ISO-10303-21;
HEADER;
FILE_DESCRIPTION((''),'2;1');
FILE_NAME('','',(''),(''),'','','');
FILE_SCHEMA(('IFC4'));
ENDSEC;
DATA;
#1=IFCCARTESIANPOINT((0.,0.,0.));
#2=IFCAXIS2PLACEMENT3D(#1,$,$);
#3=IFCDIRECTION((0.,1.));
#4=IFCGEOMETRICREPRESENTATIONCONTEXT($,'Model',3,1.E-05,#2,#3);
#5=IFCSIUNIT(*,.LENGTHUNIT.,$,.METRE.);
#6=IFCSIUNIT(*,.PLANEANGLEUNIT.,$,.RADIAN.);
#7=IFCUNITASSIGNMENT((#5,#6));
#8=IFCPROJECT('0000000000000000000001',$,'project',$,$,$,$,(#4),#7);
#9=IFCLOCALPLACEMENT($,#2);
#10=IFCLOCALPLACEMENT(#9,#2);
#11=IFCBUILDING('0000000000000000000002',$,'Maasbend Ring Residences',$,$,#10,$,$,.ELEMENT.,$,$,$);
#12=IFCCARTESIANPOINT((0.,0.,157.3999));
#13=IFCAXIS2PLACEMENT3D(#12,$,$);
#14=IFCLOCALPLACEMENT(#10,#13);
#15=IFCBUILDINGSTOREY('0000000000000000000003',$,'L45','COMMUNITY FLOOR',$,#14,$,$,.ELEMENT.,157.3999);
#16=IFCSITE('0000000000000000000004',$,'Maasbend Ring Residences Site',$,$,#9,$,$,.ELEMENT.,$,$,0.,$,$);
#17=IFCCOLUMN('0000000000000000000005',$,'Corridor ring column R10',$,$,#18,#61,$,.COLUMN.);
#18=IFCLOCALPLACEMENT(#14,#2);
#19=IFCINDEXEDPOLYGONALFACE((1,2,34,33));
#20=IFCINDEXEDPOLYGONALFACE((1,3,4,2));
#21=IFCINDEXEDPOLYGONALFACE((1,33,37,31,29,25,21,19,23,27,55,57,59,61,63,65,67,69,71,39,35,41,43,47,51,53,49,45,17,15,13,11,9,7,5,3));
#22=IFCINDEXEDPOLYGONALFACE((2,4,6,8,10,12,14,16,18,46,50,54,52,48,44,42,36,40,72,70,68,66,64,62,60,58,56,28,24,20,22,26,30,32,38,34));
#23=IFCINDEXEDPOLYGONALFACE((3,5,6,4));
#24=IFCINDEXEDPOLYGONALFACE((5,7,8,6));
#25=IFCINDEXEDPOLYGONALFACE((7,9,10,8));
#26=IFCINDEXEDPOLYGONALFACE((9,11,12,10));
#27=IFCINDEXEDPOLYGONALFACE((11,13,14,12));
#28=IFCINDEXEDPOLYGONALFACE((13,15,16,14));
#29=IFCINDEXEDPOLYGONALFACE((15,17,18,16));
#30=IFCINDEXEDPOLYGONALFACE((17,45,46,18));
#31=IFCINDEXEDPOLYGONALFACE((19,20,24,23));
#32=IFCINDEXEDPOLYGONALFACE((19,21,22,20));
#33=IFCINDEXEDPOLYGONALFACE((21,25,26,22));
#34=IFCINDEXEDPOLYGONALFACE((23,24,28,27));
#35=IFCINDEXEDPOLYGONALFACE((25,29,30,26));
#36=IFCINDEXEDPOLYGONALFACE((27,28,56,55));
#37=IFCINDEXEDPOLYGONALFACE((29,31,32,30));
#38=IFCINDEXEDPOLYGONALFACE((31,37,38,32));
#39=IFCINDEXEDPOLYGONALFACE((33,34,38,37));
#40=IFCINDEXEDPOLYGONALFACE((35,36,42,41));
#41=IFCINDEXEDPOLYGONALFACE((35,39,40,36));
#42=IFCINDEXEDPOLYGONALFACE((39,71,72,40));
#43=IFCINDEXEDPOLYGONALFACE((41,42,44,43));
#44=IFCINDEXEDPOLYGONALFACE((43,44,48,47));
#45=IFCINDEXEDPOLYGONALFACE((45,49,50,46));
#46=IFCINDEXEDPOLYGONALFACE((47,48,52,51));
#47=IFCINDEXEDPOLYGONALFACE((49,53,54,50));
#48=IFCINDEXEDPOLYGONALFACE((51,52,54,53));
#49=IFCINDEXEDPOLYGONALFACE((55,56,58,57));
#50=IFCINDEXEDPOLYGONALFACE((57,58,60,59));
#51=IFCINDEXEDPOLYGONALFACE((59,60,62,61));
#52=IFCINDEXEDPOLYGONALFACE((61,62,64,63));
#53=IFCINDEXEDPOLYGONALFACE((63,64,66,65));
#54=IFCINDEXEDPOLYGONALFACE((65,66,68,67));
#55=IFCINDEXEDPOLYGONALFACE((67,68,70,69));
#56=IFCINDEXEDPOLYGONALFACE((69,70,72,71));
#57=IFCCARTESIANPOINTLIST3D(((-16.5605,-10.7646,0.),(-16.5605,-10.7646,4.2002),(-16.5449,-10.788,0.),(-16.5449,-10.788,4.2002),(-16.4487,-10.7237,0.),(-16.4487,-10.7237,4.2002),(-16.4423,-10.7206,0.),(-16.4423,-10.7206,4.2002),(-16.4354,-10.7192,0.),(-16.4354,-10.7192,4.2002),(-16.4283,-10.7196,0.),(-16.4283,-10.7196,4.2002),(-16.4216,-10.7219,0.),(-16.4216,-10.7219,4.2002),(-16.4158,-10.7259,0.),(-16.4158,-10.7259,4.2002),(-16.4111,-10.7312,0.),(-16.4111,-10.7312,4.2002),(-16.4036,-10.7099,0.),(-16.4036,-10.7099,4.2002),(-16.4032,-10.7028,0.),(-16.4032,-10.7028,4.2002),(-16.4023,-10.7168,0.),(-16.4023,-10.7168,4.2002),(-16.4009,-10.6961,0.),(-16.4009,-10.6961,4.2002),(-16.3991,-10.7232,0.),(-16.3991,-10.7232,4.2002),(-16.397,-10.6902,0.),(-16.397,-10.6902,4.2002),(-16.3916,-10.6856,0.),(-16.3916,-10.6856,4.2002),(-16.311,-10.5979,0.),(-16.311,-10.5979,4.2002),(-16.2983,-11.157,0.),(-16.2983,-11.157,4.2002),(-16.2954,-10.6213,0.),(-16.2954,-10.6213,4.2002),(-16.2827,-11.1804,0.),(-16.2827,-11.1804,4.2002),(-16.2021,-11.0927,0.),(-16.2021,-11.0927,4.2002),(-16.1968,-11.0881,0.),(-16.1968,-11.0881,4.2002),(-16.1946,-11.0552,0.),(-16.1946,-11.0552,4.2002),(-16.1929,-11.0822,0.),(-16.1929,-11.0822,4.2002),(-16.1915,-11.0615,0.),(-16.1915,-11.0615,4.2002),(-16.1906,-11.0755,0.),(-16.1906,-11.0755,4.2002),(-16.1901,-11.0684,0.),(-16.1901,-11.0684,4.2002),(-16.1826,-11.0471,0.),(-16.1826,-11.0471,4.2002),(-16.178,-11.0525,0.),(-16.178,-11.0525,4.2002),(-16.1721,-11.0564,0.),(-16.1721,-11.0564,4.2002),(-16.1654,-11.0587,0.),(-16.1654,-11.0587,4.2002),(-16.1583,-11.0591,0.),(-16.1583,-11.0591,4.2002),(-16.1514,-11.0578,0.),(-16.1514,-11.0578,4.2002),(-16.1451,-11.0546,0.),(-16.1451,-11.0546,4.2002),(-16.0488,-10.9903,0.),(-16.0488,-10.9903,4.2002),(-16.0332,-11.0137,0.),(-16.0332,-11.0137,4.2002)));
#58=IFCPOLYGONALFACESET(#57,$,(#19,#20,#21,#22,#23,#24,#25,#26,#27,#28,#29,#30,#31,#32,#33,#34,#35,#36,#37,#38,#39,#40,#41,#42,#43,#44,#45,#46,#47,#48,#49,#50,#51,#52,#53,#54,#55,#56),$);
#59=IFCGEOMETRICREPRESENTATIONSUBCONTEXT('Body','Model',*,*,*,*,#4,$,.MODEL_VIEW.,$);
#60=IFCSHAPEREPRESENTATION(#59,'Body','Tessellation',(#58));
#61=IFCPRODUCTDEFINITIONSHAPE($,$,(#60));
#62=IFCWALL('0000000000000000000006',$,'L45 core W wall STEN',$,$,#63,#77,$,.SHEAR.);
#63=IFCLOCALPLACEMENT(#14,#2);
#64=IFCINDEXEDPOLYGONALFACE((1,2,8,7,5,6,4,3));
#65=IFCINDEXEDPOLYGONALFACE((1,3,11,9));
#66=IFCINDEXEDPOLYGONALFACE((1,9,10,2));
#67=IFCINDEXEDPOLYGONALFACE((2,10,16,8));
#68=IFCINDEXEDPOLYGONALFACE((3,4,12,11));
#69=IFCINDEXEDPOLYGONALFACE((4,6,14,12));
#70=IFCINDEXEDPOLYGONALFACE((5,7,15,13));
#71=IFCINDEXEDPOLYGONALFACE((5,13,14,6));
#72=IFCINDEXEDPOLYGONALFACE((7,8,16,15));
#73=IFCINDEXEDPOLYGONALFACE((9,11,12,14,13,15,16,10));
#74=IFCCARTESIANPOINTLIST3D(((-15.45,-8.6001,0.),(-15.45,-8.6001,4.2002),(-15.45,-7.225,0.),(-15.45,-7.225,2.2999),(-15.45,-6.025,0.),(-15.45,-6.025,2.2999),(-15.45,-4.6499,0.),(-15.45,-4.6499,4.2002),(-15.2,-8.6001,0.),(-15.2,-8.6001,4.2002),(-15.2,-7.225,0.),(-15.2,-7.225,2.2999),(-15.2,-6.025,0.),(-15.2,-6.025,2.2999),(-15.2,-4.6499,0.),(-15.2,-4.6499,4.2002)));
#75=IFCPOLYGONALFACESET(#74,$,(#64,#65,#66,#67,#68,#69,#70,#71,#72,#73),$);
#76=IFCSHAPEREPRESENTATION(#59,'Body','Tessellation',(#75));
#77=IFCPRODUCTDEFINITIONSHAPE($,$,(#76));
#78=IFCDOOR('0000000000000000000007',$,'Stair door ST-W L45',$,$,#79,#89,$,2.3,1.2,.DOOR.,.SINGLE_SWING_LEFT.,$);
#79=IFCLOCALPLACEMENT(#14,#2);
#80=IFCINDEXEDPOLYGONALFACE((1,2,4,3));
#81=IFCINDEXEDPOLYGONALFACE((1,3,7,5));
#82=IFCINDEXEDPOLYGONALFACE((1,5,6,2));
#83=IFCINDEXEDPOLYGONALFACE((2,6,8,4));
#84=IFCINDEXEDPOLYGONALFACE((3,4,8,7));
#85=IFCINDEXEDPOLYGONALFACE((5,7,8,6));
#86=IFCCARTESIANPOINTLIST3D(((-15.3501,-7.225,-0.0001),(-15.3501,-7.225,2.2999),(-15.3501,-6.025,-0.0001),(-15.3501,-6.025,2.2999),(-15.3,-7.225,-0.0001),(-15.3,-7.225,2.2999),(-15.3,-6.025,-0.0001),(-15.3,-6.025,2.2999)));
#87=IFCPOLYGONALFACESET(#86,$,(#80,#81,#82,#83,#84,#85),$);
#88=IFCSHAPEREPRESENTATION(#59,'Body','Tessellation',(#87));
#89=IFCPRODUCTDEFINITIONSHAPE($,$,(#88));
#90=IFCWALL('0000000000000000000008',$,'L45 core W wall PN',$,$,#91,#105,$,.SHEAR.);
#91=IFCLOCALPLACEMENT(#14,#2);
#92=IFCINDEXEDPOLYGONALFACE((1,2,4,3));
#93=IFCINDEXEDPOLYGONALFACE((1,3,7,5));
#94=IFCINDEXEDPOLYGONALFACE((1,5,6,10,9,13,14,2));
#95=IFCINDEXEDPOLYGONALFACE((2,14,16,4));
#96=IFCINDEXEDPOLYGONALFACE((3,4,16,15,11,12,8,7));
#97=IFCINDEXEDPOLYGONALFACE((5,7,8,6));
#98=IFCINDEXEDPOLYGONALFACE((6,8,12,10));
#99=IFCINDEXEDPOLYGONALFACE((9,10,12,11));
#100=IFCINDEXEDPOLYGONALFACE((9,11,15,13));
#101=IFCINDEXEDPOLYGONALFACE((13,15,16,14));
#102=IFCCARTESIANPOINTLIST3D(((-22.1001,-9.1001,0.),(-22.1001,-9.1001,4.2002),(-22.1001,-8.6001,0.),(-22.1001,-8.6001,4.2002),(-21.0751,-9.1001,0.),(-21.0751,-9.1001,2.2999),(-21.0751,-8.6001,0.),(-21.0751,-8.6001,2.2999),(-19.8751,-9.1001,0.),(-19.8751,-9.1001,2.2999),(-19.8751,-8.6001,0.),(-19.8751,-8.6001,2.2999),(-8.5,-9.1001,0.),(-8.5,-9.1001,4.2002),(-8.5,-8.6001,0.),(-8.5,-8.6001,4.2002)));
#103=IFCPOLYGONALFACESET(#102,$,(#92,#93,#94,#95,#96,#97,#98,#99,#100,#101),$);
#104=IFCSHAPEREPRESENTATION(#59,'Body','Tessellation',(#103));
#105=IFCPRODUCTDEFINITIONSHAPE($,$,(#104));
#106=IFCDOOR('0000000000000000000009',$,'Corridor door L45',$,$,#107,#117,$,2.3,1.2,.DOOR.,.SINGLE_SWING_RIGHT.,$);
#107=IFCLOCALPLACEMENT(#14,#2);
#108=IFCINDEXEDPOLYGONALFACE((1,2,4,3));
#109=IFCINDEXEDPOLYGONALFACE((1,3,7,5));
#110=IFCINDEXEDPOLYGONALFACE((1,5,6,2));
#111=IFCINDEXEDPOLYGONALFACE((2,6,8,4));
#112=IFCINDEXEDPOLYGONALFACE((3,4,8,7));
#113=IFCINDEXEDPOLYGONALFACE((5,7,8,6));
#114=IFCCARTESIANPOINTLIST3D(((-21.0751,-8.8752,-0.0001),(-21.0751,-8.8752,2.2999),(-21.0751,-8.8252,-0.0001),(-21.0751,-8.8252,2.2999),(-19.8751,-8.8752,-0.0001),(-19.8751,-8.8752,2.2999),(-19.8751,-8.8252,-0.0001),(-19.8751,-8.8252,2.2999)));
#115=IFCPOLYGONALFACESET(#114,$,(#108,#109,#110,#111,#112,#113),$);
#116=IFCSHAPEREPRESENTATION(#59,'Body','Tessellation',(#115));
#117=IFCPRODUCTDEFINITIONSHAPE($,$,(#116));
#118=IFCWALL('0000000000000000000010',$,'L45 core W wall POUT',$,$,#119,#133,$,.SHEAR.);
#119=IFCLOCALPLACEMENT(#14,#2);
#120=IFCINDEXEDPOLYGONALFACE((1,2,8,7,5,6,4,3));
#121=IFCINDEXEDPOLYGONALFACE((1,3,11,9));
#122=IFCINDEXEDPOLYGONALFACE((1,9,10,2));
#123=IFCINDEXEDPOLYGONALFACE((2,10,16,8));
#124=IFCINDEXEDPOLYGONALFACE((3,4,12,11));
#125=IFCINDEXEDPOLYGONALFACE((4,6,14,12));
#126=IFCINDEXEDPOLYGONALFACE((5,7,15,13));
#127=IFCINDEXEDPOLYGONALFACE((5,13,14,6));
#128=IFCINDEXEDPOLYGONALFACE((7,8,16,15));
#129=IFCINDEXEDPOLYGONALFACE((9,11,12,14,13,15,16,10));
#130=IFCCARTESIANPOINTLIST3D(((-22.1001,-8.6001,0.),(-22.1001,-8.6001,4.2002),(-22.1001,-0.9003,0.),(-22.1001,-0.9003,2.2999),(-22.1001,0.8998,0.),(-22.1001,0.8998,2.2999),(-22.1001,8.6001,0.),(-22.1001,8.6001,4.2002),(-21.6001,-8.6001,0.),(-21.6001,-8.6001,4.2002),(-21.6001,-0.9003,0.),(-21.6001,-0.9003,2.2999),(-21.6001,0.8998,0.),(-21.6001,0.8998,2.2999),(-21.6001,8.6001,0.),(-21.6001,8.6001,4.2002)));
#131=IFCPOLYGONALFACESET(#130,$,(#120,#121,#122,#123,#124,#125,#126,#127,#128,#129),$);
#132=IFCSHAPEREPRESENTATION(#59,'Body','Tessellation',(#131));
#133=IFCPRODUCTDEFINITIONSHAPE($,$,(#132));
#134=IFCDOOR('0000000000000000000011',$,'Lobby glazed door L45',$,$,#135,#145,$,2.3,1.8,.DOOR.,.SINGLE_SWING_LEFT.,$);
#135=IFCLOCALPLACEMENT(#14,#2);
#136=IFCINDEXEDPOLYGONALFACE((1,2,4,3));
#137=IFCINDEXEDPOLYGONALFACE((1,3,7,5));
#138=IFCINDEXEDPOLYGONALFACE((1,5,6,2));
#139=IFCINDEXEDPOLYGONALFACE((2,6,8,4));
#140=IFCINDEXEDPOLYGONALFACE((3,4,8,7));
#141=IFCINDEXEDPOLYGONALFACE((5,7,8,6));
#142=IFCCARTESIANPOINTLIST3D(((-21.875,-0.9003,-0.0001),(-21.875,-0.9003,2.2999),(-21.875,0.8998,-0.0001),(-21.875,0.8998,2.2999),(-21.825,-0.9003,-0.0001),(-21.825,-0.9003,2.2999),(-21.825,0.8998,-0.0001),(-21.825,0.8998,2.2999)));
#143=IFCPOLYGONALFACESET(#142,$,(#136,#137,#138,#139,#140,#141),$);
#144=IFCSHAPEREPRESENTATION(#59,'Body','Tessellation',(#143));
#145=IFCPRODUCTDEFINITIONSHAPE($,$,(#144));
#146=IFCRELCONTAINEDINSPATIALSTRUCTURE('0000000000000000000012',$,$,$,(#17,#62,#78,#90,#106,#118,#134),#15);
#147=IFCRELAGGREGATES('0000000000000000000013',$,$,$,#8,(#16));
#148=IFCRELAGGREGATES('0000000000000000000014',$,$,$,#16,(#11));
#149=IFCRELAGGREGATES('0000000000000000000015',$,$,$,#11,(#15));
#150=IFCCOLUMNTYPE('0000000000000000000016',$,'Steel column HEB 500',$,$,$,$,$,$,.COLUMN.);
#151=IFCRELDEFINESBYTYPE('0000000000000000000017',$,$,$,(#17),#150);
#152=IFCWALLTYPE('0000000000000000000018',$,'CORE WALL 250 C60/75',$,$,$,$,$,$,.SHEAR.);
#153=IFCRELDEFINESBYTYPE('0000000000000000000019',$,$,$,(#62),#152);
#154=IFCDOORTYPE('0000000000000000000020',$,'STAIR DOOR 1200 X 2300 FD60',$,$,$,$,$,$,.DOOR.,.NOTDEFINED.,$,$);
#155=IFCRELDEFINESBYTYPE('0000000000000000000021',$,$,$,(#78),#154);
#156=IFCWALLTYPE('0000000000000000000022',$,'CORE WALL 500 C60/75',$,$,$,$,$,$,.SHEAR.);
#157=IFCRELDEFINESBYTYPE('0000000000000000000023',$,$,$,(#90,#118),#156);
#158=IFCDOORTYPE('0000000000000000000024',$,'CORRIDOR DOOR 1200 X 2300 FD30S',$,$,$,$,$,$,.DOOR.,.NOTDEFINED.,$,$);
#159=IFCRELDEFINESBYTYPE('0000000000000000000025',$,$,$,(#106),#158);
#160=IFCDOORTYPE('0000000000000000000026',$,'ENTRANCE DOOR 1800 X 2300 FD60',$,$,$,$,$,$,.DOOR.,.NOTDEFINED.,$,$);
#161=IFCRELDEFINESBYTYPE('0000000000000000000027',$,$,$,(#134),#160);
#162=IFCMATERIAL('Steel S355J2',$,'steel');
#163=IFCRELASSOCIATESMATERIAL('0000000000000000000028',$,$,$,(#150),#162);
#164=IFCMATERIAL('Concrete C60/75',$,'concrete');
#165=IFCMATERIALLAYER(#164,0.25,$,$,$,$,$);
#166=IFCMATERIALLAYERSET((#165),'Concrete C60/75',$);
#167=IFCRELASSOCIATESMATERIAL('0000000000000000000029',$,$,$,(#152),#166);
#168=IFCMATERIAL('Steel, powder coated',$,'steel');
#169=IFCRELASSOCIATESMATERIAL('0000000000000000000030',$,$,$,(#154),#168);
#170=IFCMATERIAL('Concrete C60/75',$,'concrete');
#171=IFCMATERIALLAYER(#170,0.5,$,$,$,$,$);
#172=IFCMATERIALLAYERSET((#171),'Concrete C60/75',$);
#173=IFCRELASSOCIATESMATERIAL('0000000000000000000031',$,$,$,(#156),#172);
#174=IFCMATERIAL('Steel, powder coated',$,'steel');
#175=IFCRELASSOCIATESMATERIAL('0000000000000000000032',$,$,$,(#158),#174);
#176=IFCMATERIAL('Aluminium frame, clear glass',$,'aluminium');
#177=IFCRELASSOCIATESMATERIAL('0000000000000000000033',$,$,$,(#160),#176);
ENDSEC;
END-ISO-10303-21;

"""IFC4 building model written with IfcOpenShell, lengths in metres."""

from ifc_helpers import new_model, si_unit, direction, frame, frame_2d, origin, origin_2d, place, context, subcontext, project, spatial, rectangle, i_section, extrude, material, layer, layer_set, material_profile, profile_set, type_object, element, fill, save


model = new_model("IFC4")

# Units and contexts
model_context = context("Model", 3, precision=1e-05, world=origin(), true_north=direction((0.0, 1.0)))
body_context = subcontext(model_context, "Body", "Model", "MODEL_VIEW")
ifc_project = project(units=[si_unit("LENGTHUNIT", "METRE"), si_unit("PLANEANGLEUNIT", "RADIAN")], contexts=[model_context])

# Site, building, storey
site_placement = place(None, origin())
site = spatial("IfcSite", under=ifc_project, at=site_placement, Name="Maasbend Ring Residences Site", CompositionType="ELEMENT", RefElevation=0.0)
building_placement = place(site_placement, origin())
building = spatial("IfcBuilding", under=site, at=building_placement, Name="Maasbend Ring Residences", CompositionType="ELEMENT")
storey_placement = place(building_placement, frame((0.0, 0.0, 157.3999)))
storey = spatial("IfcBuildingStorey", under=building, at=storey_placement, Name="L45", Description="COMMUNITY FLOOR", CompositionType="ELEMENT", Elevation=157.3999)

# Column
ifc_material_1 = material(Name="Steel S355J2", Category="steel")
ifc_material_profile = material_profile(ifc_material_1, i_section(OverallWidth=0.3, OverallDepth=0.5, WebThickness=0.0144, FlangeThickness=0.0281, FilletRadius=0.0271, at=origin_2d()), Name="HEB 500")
ifc_profile_set = profile_set([ifc_material_profile], Name="Steel S355J2")
column_type = type_object("IfcColumnType", Name="Steel column HEB 500", PredefinedType="COLUMN", material=ifc_profile_set)
column_placement = place(storey_placement, frame((-16.2969, -10.8892, 0.0), z_axis=(0.0, 0.0, 1.0), x_axis=(-0.83147, -0.55557, 0.0)))
element("IfcColumn", 1, at=column_placement, inside=storey, type_object=column_type, Name="Corridor ring column R10", PredefinedType="COLUMN", context=body_context, shape_type="SweptSolid", body=[
    extrude(i_section(OverallWidth=0.3, OverallDepth=0.5, WebThickness=0.0144, FlangeThickness=0.0281, FilletRadius=0.0271, at=origin_2d()), origin(), (0.0, 0.0, 1.0), 4.2002),
])

# Walls, openings, doors
ifc_material_2 = material(Name="Concrete C60/75", Category="concrete")
ifc_layer_1 = layer(ifc_material_2, 0.25)
ifc_layer_set_1 = layer_set([ifc_layer_1], Name="Concrete C60/75")
wall_type_1 = type_object("IfcWallType", Name="CORE WALL 250 C60/75", PredefinedType="SHEAR", material=ifc_layer_set_1)
wall_1_placement = place(storey_placement, frame((-15.325, -4.6499, 0.0), z_axis=(0.0, 0.0, 1.0), x_axis=(0.0, -1.0, 0.0)))
wall_1 = element("IfcWall", 2, at=wall_1_placement, inside=storey, type_object=wall_type_1, Name="L45 core W wall STEN", PredefinedType="SHEAR", context=body_context, shape_type="SweptSolid", body=[
    extrude(rectangle(XDim=3.9502, YDim=0.25, at=frame_2d((1.9751, 0.0))), origin(), (0.0, 0.0, 1.0), 4.2002),
])
opening_1_placement = place(wall_1_placement, frame((1.375, 0.0, 0.0)))
opening_1 = element("IfcOpeningElement", 3, at=opening_1_placement, cuts=wall_1, PredefinedType="OPENING", context=body_context, shape_type="SweptSolid", body=[
    extrude(rectangle(XDim=1.2, YDim=2.3, at=frame_2d((0.6001, 1.1499))), frame((0.0, 0.135, 0.0), z_axis=(0.0, -1.0, 0.0), x_axis=(1.0, 0.0, 0.0)), (0.0, 0.0, 1.0), 0.27),
])
ifc_material_3 = material(Name="Steel, powder coated", Category="steel")
door_type_1 = type_object("IfcDoorType", Name="STAIR DOOR 1200 X 2300 FD60", OperationType="NOTDEFINED", PredefinedType="DOOR", material=ifc_material_3)
door_1_placement = place(opening_1_placement, origin())
door_1 = element("IfcDoor", 4, at=door_1_placement, inside=storey, type_object=door_type_1, Name="Stair door ST-W L45", OperationType="SINGLE_SWING_LEFT", OverallHeight=2.3, OverallWidth=1.2, PredefinedType="DOOR", context=body_context, shape_type="SweptSolid", body=[
    extrude(rectangle(XDim=1.2, YDim=2.3, at=frame_2d((0.6001, 1.1499))), frame((0.0, 0.0249, 0.0), z_axis=(0.0, -1.0, 0.0), x_axis=(1.0, 0.0, 0.0)), (0.0, 0.0, 1.0), 0.05),
])
fill(opening_1, door_1)
ifc_material_4 = material(Name="Concrete C60/75", Category="concrete")
ifc_layer_2 = layer(ifc_material_4, 0.5)
ifc_layer_set_2 = layer_set([ifc_layer_2], Name="Concrete C60/75")
wall_type_2 = type_object("IfcWallType", Name="CORE WALL 500 C60/75", PredefinedType="SHEAR", material=ifc_layer_set_2)
wall_2_placement = place(storey_placement, frame((-22.1001, -8.8501, 0.0), z_axis=(0.0, 0.0, 1.0), x_axis=(1.0, 0.0, 0.0)))
wall_2 = element("IfcWall", 5, at=wall_2_placement, inside=storey, type_object=wall_type_2, Name="L45 core W wall PN", PredefinedType="SHEAR", context=body_context, shape_type="SweptSolid", body=[
    extrude(rectangle(XDim=13.6001, YDim=0.5, at=frame_2d((6.8, 0.0))), origin(), (0.0, 0.0, 1.0), 4.2002),
])
opening_2_placement = place(wall_2_placement, frame((1.0249, 0.0, 0.0)))
opening_2 = element("IfcOpeningElement", 6, at=opening_2_placement, cuts=wall_2, PredefinedType="OPENING", context=body_context, shape_type="SweptSolid", body=[
    extrude(rectangle(XDim=1.2, YDim=2.3, at=frame_2d((0.6001, 1.1499))), frame((0.0, 0.26, 0.0), z_axis=(0.0, -1.0, 0.0), x_axis=(1.0, 0.0, 0.0)), (0.0, 0.0, 1.0), 0.52),
])
ifc_material_5 = material(Name="Steel, powder coated", Category="steel")
door_type_2 = type_object("IfcDoorType", Name="CORRIDOR DOOR 1200 X 2300 FD30S", OperationType="NOTDEFINED", PredefinedType="DOOR", material=ifc_material_5)
door_2_placement = place(opening_2_placement, origin())
door_2 = element("IfcDoor", 7, at=door_2_placement, inside=storey, type_object=door_type_2, Name="Corridor door L45", OperationType="SINGLE_SWING_RIGHT", OverallHeight=2.3, OverallWidth=1.2, PredefinedType="DOOR", context=body_context, shape_type="SweptSolid", body=[
    extrude(rectangle(XDim=1.2, YDim=2.3, at=frame_2d((0.6001, 1.1499))), frame((0.0, 0.0249, 0.0), z_axis=(0.0, -1.0, 0.0), x_axis=(1.0, 0.0, 0.0)), (0.0, 0.0, 1.0), 0.05),
])
fill(opening_2, door_2)
wall_3_placement = place(storey_placement, frame((-21.8501, -8.6001, 0.0), z_axis=(0.0, 0.0, 1.0), x_axis=(0.0, 1.0, 0.0)))
wall_3 = element("IfcWall", 8, at=wall_3_placement, inside=storey, type_object=wall_type_2, Name="L45 core W wall POUT", PredefinedType="SHEAR", context=body_context, shape_type="SweptSolid", body=[
    extrude(rectangle(XDim=17.2002, YDim=0.5, at=frame_2d((8.6001, 0.0))), origin(), (0.0, 0.0, 1.0), 4.2002),
])
opening_3_placement = place(wall_3_placement, frame((7.7, 0.0, 0.0)))
opening_3 = element("IfcOpeningElement", 9, at=opening_3_placement, cuts=wall_3, PredefinedType="OPENING", context=body_context, shape_type="SweptSolid", body=[
    extrude(rectangle(XDim=1.8, YDim=2.3, at=frame_2d((0.8999, 1.1499))), frame((0.0, 0.26, 0.0), z_axis=(0.0, -1.0, 0.0), x_axis=(1.0, 0.0, 0.0)), (0.0, 0.0, 1.0), 0.52),
])
ifc_material_6 = material(Name="Aluminium frame, clear glass", Category="aluminium")
door_type_3 = type_object("IfcDoorType", Name="ENTRANCE DOOR 1800 X 2300 FD60", OperationType="NOTDEFINED", PredefinedType="DOOR", material=ifc_material_6)
door_3_placement = place(opening_3_placement, origin())
door_3 = element("IfcDoor", 10, at=door_3_placement, inside=storey, type_object=door_type_3, Name="Lobby glazed door L45", OperationType="SINGLE_SWING_LEFT", OverallHeight=2.3, OverallWidth=1.8, PredefinedType="DOOR", context=body_context, shape_type="SweptSolid", body=[
    extrude(rectangle(XDim=1.8, YDim=2.3, at=frame_2d((0.8999, 1.1499))), frame((0.0, 0.0249, 0.0), z_axis=(0.0, -1.0, 0.0), x_axis=(1.0, 0.0, 0.0)), (0.0, 0.0, 1.0), 0.05),
])
fill(opening_3, door_3)

save(model, "model.ifc")
